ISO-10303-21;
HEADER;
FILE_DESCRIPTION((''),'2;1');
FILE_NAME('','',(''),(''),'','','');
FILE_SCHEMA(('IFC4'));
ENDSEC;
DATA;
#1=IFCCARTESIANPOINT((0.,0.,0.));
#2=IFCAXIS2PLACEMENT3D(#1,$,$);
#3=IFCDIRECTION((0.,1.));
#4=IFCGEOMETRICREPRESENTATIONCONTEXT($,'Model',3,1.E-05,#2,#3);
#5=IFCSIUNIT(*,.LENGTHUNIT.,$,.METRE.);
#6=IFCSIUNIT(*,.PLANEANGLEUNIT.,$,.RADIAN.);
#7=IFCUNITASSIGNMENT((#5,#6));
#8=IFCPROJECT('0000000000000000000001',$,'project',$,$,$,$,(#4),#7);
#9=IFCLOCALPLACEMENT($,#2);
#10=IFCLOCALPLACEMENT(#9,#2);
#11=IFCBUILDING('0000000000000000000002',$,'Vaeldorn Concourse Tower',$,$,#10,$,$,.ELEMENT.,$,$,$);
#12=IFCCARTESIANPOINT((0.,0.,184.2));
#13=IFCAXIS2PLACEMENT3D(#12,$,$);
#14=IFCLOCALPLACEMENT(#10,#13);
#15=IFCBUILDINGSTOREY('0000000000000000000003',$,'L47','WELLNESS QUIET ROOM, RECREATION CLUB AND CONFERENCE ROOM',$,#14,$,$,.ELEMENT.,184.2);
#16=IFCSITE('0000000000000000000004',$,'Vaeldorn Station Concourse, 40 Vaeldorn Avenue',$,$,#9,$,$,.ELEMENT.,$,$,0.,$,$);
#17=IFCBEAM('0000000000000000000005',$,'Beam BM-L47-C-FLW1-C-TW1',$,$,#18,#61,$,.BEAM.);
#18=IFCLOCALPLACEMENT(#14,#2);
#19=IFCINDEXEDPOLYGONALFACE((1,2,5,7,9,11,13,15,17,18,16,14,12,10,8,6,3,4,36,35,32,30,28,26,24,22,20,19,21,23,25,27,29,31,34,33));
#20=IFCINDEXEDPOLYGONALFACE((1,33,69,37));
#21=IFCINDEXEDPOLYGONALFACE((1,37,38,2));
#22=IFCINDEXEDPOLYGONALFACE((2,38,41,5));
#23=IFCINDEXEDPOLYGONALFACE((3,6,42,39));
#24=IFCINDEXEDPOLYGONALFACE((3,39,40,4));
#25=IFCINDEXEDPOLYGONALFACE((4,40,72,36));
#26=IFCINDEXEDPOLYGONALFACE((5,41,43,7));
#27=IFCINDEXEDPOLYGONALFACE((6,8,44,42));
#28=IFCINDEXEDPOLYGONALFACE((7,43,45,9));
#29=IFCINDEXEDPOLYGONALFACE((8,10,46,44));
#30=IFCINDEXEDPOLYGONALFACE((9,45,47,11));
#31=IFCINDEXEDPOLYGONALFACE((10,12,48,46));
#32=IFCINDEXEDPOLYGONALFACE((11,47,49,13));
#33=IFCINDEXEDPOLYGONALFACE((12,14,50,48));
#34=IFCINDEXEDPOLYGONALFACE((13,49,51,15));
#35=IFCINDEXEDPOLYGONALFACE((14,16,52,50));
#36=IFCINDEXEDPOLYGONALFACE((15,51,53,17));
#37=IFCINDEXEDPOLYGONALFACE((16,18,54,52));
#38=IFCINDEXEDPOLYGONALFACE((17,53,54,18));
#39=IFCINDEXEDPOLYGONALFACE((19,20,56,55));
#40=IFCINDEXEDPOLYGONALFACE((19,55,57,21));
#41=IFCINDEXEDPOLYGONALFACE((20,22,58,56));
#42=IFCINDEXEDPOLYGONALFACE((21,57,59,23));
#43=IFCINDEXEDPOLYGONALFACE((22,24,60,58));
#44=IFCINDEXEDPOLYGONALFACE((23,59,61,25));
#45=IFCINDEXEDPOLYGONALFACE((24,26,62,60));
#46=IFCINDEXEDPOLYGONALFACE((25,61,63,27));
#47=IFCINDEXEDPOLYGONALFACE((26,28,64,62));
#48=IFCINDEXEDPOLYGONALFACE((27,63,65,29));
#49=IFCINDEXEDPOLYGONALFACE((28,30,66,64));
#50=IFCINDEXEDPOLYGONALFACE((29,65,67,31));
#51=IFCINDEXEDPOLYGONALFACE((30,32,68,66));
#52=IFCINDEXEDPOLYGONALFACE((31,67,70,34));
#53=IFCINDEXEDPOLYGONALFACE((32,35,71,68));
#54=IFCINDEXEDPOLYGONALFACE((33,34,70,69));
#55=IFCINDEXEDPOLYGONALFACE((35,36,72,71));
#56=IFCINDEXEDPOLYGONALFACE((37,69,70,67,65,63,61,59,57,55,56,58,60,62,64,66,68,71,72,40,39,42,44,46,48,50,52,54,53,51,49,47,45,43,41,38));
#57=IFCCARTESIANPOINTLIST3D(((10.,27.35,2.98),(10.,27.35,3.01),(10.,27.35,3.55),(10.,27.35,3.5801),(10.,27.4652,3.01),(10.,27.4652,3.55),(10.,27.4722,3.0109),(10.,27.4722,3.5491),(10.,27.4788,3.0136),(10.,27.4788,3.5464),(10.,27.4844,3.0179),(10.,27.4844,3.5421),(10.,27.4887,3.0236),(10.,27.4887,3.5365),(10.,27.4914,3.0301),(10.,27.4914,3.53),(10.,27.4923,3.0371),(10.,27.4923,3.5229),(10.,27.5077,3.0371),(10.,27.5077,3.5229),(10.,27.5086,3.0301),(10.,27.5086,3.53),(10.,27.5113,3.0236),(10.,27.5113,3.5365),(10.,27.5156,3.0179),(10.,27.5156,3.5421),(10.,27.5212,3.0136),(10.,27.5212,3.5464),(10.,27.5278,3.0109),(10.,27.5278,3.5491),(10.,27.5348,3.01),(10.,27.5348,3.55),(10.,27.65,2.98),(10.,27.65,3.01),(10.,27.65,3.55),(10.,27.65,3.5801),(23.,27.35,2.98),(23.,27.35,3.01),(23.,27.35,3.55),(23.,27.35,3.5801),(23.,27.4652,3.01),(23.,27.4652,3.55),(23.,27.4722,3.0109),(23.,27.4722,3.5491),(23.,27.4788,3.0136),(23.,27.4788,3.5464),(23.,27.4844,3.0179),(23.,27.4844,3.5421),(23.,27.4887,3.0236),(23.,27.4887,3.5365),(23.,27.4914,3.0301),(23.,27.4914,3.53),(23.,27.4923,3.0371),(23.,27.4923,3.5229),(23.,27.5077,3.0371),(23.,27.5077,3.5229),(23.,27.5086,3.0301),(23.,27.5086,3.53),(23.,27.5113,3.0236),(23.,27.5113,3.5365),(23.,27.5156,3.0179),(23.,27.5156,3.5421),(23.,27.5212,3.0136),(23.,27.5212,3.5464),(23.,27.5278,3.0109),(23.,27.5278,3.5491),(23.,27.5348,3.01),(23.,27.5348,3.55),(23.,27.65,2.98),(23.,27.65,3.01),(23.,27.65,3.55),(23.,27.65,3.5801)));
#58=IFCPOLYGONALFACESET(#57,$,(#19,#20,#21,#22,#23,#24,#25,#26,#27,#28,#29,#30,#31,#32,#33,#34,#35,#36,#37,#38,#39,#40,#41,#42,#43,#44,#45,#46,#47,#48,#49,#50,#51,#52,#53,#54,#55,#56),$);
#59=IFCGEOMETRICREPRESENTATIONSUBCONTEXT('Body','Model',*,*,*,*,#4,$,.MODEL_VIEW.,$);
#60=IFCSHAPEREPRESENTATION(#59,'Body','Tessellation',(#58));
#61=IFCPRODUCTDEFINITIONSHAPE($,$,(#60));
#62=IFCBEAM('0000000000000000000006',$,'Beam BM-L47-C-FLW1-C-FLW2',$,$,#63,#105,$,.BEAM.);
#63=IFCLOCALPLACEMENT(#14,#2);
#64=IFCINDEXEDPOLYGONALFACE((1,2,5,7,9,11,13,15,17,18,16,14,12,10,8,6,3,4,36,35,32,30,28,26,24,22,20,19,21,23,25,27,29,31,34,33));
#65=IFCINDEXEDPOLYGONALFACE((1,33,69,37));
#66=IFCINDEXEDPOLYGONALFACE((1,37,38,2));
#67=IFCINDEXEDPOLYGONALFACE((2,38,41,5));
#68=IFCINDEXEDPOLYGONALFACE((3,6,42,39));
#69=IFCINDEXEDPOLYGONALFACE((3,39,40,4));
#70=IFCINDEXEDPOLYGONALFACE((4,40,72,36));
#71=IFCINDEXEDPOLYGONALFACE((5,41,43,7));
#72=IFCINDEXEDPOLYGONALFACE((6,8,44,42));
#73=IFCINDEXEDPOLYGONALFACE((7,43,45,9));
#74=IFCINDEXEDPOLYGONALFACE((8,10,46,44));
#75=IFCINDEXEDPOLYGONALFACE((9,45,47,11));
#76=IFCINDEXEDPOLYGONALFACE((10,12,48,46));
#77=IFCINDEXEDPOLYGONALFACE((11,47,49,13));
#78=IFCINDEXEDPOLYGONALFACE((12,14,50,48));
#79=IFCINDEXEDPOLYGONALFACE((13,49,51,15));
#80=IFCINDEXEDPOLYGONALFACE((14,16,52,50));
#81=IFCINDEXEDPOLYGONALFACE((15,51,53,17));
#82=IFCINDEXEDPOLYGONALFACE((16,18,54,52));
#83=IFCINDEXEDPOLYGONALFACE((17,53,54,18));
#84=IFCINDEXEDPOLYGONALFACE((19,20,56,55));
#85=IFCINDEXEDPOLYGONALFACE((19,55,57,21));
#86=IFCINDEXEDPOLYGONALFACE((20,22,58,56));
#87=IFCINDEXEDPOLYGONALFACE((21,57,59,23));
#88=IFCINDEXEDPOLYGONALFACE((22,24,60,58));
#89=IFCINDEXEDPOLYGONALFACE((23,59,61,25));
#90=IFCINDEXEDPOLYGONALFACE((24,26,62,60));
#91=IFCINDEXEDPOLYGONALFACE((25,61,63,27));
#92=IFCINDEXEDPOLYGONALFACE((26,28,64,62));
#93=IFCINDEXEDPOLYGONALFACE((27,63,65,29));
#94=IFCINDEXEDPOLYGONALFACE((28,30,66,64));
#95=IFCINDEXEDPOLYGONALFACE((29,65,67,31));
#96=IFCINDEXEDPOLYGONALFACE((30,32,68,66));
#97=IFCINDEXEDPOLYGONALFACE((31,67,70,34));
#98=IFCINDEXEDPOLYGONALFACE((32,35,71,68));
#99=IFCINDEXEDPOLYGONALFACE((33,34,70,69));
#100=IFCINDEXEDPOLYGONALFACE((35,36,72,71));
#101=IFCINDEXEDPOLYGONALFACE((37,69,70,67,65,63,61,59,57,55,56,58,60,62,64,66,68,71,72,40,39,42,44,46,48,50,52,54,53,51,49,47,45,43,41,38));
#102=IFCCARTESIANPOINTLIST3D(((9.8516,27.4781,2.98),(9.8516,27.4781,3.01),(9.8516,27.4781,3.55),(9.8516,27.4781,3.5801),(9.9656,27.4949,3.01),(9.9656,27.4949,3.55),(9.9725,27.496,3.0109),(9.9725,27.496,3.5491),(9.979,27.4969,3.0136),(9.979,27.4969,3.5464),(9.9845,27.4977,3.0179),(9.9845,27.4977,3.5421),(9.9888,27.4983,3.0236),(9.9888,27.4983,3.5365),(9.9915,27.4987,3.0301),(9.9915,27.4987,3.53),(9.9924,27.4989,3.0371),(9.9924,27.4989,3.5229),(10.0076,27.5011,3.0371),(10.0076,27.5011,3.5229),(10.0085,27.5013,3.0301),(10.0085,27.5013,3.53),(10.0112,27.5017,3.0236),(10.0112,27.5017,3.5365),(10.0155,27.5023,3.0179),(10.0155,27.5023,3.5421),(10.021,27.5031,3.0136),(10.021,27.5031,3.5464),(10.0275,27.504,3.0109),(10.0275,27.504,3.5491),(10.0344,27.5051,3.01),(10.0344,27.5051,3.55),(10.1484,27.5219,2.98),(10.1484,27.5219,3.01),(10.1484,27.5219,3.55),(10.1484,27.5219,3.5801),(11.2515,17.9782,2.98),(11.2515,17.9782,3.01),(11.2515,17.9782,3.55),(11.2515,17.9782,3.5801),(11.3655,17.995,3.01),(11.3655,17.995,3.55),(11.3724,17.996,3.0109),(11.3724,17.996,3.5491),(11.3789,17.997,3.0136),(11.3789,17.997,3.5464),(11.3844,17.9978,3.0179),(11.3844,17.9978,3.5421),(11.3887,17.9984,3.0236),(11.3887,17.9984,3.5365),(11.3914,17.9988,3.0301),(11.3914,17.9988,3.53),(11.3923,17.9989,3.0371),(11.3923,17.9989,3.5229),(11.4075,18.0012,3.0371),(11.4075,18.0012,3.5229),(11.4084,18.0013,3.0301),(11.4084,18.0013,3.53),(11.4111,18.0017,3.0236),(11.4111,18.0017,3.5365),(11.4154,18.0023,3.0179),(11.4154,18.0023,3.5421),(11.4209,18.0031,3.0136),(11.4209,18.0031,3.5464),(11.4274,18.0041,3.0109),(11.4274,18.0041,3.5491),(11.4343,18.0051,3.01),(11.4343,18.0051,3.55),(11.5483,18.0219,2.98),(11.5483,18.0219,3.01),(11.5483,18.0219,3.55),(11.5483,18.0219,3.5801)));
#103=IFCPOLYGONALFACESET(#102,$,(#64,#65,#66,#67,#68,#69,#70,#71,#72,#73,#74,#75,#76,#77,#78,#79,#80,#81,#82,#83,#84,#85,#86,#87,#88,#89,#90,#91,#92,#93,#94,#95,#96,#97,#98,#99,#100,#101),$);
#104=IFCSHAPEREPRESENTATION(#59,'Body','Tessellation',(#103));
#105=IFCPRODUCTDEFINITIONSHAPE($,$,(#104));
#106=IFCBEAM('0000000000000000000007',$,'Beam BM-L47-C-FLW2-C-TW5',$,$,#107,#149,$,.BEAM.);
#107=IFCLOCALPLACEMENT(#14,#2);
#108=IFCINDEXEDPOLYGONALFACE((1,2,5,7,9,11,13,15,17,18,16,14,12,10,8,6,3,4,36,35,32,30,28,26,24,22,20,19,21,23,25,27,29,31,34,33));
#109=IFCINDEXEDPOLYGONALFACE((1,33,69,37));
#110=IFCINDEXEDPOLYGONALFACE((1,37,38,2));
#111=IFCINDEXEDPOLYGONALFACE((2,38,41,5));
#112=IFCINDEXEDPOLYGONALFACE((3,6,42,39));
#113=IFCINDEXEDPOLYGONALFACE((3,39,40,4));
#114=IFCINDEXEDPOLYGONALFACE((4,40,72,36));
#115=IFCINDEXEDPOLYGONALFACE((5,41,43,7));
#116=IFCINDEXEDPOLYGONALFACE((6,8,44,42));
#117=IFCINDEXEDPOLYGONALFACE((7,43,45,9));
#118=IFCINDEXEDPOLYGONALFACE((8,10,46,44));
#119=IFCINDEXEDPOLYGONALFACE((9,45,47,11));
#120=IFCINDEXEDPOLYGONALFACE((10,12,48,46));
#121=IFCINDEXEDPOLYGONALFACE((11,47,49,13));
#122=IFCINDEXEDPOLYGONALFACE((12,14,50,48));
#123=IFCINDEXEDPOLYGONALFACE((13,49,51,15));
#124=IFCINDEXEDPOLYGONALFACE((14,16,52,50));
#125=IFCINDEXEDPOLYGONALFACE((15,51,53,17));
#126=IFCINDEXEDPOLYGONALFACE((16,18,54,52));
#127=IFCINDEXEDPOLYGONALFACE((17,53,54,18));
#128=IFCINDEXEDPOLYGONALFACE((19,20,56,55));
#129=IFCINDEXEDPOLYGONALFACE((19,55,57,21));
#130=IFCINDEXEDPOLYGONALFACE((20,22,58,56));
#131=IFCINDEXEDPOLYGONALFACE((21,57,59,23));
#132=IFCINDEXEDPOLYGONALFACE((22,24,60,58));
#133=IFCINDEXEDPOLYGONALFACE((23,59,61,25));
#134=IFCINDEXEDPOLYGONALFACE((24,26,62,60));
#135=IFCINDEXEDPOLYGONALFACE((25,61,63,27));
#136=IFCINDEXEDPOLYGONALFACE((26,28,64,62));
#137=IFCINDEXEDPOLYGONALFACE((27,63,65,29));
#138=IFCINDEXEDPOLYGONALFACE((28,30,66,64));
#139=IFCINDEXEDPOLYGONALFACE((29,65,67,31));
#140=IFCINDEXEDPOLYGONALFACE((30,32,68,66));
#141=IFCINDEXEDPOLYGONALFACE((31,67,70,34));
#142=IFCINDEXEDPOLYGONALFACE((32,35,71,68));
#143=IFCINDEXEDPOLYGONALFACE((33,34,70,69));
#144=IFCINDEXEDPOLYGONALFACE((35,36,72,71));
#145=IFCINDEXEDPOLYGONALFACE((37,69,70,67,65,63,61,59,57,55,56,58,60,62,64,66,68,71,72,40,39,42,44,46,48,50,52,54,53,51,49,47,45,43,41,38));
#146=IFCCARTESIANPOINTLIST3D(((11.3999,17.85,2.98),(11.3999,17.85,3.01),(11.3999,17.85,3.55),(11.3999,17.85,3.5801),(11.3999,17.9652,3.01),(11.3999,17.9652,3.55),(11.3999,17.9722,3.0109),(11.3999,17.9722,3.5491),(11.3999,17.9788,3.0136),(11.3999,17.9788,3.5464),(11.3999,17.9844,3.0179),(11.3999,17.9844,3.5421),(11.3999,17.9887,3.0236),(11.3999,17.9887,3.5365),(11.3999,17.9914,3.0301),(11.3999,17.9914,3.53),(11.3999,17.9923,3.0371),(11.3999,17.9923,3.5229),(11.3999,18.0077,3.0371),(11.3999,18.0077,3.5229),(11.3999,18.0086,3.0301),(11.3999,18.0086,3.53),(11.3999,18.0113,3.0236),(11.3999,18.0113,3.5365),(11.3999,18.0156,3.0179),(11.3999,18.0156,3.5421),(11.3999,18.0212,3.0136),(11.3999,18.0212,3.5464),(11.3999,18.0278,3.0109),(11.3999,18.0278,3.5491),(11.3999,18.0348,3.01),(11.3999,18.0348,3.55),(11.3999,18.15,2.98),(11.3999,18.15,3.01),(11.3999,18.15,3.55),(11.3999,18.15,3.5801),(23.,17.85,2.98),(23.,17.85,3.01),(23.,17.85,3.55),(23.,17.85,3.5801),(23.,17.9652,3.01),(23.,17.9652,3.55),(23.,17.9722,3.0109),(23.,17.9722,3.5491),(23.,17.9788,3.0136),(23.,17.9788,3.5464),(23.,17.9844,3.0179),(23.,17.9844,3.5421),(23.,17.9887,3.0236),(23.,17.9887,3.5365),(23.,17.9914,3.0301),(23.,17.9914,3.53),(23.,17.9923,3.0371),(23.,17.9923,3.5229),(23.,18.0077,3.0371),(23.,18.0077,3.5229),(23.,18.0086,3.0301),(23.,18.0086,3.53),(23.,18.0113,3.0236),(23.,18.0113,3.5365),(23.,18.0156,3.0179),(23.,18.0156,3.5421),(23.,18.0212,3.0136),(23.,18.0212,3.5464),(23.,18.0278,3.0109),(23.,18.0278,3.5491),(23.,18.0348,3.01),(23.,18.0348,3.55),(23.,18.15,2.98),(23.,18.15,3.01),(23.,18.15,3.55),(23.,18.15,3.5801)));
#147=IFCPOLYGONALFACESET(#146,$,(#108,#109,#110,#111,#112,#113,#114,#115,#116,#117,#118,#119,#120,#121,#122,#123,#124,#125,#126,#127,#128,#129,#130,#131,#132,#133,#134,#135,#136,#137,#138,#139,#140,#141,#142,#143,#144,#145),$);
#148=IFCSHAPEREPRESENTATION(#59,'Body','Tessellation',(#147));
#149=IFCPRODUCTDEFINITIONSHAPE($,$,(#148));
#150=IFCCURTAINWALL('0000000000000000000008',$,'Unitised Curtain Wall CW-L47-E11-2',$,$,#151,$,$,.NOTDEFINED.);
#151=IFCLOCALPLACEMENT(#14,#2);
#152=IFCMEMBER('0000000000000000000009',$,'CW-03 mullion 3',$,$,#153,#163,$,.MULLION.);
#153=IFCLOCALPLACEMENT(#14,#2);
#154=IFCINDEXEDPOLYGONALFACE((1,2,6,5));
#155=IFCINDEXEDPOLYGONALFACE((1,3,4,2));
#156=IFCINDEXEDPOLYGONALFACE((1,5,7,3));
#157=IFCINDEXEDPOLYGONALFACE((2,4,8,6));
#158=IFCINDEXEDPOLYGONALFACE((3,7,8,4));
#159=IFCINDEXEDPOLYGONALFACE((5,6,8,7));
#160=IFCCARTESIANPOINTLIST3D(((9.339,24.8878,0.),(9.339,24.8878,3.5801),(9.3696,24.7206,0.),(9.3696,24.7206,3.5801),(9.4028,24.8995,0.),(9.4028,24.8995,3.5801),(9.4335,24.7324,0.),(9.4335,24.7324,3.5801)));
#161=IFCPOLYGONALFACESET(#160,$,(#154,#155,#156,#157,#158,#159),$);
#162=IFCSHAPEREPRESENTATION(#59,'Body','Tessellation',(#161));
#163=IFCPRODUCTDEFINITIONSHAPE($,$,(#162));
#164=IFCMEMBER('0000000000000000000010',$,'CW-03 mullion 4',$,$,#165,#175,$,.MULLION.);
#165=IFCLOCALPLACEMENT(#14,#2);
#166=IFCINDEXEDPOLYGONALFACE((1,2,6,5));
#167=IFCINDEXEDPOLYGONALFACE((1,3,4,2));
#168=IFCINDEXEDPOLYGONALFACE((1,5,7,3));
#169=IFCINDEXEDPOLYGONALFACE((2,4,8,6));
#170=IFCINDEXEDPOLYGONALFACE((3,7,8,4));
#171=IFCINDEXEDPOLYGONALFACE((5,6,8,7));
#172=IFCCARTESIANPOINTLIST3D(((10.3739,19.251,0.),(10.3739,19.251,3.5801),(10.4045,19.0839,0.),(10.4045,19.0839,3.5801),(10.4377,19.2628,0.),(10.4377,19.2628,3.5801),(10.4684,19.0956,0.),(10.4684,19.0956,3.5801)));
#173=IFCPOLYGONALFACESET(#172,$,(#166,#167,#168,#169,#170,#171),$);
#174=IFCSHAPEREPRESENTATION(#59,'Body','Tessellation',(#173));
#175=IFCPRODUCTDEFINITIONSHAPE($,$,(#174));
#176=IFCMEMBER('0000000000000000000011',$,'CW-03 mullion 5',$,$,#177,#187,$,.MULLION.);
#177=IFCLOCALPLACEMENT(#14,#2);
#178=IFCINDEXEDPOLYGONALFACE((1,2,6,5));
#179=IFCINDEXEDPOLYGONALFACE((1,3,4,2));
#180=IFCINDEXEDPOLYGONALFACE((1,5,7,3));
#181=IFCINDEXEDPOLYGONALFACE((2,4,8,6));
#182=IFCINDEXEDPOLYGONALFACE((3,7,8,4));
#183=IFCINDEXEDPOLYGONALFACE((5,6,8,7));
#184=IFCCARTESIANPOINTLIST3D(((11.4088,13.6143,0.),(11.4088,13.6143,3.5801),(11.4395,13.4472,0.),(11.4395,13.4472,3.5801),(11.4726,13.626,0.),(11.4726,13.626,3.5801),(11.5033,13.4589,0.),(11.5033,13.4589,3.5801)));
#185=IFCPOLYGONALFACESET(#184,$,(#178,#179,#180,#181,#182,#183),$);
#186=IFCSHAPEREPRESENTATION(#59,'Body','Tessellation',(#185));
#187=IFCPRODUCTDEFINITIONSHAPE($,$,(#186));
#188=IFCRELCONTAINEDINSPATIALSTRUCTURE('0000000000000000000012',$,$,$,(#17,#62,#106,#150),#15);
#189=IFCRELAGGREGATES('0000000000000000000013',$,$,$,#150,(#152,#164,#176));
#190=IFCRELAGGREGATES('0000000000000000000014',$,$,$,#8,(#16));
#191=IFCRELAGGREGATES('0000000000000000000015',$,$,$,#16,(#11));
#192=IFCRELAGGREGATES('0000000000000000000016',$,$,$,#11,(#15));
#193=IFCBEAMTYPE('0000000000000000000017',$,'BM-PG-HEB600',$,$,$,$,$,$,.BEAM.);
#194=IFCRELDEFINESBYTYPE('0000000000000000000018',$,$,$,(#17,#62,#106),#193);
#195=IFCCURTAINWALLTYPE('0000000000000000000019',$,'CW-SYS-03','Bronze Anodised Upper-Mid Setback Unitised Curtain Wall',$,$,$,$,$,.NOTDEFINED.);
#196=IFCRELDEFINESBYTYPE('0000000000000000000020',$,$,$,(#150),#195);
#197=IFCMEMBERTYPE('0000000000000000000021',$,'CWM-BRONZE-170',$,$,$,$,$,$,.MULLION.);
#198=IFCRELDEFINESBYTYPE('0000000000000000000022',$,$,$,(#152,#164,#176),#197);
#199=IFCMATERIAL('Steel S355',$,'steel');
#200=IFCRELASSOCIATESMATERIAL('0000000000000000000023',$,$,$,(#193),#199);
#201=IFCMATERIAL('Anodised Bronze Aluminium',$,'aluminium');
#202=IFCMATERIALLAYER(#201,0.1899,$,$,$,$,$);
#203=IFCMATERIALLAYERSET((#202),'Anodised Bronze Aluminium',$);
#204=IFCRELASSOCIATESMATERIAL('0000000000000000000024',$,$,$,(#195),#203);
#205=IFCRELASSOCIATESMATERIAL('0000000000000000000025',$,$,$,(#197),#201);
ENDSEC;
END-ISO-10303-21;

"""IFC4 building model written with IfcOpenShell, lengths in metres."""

from ifc_helpers import new_model, si_unit, direction, frame, origin, origin_2d, place, context, subcontext, project, spatial, rectangle, i_section, extrude, source, transform, mapped, material, layer, layer_set, material_profile, profile_set, type_object, element, aggregate, save


model = new_model("IFC4")

# Units and contexts
model_context = context("Model", 3, precision=1e-05, world=origin(), true_north=direction((0.0, 1.0)))
body_context = subcontext(model_context, "Body", "Model", "MODEL_VIEW")
ifc_project = project(units=[si_unit("LENGTHUNIT", "METRE"), si_unit("PLANEANGLEUNIT", "RADIAN")], contexts=[model_context])

# Site, building, storey
site_placement = place(None, origin())
site = spatial("IfcSite", under=ifc_project, at=site_placement, Name="Vaeldorn Station Concourse, 40 Vaeldorn Avenue", CompositionType="ELEMENT", RefElevation=0.0)
building_placement = place(site_placement, origin())
building = spatial("IfcBuilding", under=site, at=building_placement, Name="Vaeldorn Concourse Tower", CompositionType="ELEMENT")
storey_placement = place(building_placement, frame((0.0, 0.0, 184.2)))
storey = spatial("IfcBuildingStorey", under=building, at=storey_placement, Name="L47", Description="WELLNESS QUIET ROOM, RECREATION CLUB AND CONFERENCE ROOM", CompositionType="ELEMENT", Elevation=184.2)

# Shared definitions
ifc_material_1 = material(Name="Steel S355", Category="steel")

# Beams
ifc_material_profile_1 = material_profile(ifc_material_1, i_section(OverallWidth=0.3, OverallDepth=0.6001, WebThickness=0.0154, FlangeThickness=0.03, FilletRadius=0.0271, at=origin_2d()), Name="HEB 600")
ifc_profile_set_1 = profile_set([ifc_material_profile_1], Name="Steel S355")
beam_type_1 = type_object("IfcBeamType", Name="BM-PG-HEB600", PredefinedType="BEAM", material=ifc_profile_set_1)
shared_shape_1 = source(origin(), body_context, "Body", "SweptSolid", [
    extrude(i_section(OverallWidth=0.3, OverallDepth=0.6001, WebThickness=0.0154, FlangeThickness=0.03, FilletRadius=0.0271, at=origin_2d()), origin(), (0.0, 0.0, 1.0), 13.0),
])
beam_1_placement = place(storey_placement, frame((10.0, 27.5, 3.28), z_axis=(1.0, 0.0, 0.0), x_axis=(0.0, 1.0, 0.0)))
element("IfcBeam", 1, at=beam_1_placement, inside=storey, type_object=beam_type_1, Name="Beam BM-L47-C-FLW1-C-TW1", PredefinedType="BEAM", context=body_context, shape_type="MappedRepresentation", body=[
    mapped(shared_shape_1, transform((0.0, 0.0, 0.0), scale=1.0)),
])
shared_shape_2 = source(origin(), body_context, "Body", "SweptSolid", [
    extrude(i_section(OverallWidth=0.3, OverallDepth=0.6001, WebThickness=0.0154, FlangeThickness=0.03, FilletRadius=0.0271, at=origin_2d()), origin(), (0.0, 0.0, 1.0), 9.6025),
])
beam_2_placement = place(storey_placement, frame((10.0, 27.5, 3.28), z_axis=(0.145784, -0.989316, 0.0), x_axis=(0.989316, 0.145784, 0.0)))
element("IfcBeam", 2, at=beam_2_placement, inside=storey, type_object=beam_type_1, Name="Beam BM-L47-C-FLW1-C-FLW2", PredefinedType="BEAM", context=body_context, shape_type="MappedRepresentation", body=[
    mapped(shared_shape_2, transform((0.0, 0.0, 0.0), scale=1.0)),
])
shared_shape_3 = source(origin(), body_context, "Body", "SweptSolid", [
    extrude(i_section(OverallWidth=0.3, OverallDepth=0.6001, WebThickness=0.0154, FlangeThickness=0.03, FilletRadius=0.0271, at=origin_2d()), origin(), (0.0, 0.0, 1.0), 11.6001),
])
beam_3_placement = place(storey_placement, frame((11.3999, 18.0, 3.28), z_axis=(1.0, 0.0, 0.0), x_axis=(0.0, 1.0, 0.0)))
element("IfcBeam", 3, at=beam_3_placement, inside=storey, type_object=beam_type_1, Name="Beam BM-L47-C-FLW2-C-TW5", PredefinedType="BEAM", context=body_context, shape_type="MappedRepresentation", body=[
    mapped(shared_shape_3, transform((0.0, 0.0, 0.0), scale=1.0)),
])

# Curtain wall, members
ifc_material_2 = material(Name="Anodised Bronze Aluminium", Category="aluminium")
ifc_layer_1 = layer(ifc_material_2, 0.1899)
ifc_layer_set_1 = layer_set([ifc_layer_1], Name="Anodised Bronze Aluminium")
curtain_wall_type = type_object("IfcCurtainWallType", Name="CW-SYS-03", Description="Bronze Anodised Upper-Mid Setback Unitised Curtain Wall", PredefinedType="NOTDEFINED", material=ifc_layer_set_1)
curtain_wall_placement = place(storey_placement, origin())
curtain_wall = element("IfcCurtainWall", 4, at=curtain_wall_placement, inside=storey, type_object=curtain_wall_type, Name="Unitised Curtain Wall CW-L47-E11-2", PredefinedType="NOTDEFINED")
ifc_material_profile_2 = material_profile(ifc_material_2, rectangle(XDim=0.0649, YDim=0.1699, at=origin_2d()), Name="CWM 65x170")
ifc_profile_set_2 = profile_set([ifc_material_profile_2], Name="Anodised Bronze Aluminium")
member_type_1 = type_object("IfcMemberType", Name="CWM-BRONZE-170", PredefinedType="MULLION", material=ifc_profile_set_2)
shared_shape_4 = source(origin(), body_context, "Body", "SweptSolid", [
    extrude(rectangle(XDim=0.0649, YDim=0.1699, at=origin_2d()), origin(), (0.0, 0.0, 1.0), 3.5801),
])
member_1_placement = place(storey_placement, frame((9.3862, 24.8101, 0.0), z_axis=(0.0, 0.0, 1.0), x_axis=(0.983559, 0.180585, 0.0)))
member_1 = element("IfcMember", 5, at=member_1_placement, type_object=member_type_1, Name="CW-03 mullion 3", PredefinedType="MULLION", context=body_context, shape_type="MappedRepresentation", body=[
    mapped(shared_shape_4, transform((0.0, 0.0, 0.0), scale=1.0)),
])
member_2_placement = place(storey_placement, frame((10.4211, 19.1733, 0.0), z_axis=(0.0, 0.0, 1.0), x_axis=(0.983559, 0.180585, 0.0)))
member_2 = element("IfcMember", 6, at=member_2_placement, type_object=member_type_1, Name="CW-03 mullion 4", PredefinedType="MULLION", context=body_context, shape_type="MappedRepresentation", body=[
    mapped(shared_shape_4, transform((0.0, 0.0, 0.0), scale=1.0)),
])
member_3_placement = place(storey_placement, frame((11.4561, 13.5366, 0.0), z_axis=(0.0, 0.0, 1.0), x_axis=(0.983559, 0.180585, 0.0)))
member_3 = element("IfcMember", 7, at=member_3_placement, type_object=member_type_1, Name="CW-03 mullion 5", PredefinedType="MULLION", context=body_context, shape_type="MappedRepresentation", body=[
    mapped(shared_shape_4, transform((0.0, 0.0, 0.0), scale=1.0)),
])
aggregate(curtain_wall, [member_1, member_2, member_3])

save(model, "model.ifc")
